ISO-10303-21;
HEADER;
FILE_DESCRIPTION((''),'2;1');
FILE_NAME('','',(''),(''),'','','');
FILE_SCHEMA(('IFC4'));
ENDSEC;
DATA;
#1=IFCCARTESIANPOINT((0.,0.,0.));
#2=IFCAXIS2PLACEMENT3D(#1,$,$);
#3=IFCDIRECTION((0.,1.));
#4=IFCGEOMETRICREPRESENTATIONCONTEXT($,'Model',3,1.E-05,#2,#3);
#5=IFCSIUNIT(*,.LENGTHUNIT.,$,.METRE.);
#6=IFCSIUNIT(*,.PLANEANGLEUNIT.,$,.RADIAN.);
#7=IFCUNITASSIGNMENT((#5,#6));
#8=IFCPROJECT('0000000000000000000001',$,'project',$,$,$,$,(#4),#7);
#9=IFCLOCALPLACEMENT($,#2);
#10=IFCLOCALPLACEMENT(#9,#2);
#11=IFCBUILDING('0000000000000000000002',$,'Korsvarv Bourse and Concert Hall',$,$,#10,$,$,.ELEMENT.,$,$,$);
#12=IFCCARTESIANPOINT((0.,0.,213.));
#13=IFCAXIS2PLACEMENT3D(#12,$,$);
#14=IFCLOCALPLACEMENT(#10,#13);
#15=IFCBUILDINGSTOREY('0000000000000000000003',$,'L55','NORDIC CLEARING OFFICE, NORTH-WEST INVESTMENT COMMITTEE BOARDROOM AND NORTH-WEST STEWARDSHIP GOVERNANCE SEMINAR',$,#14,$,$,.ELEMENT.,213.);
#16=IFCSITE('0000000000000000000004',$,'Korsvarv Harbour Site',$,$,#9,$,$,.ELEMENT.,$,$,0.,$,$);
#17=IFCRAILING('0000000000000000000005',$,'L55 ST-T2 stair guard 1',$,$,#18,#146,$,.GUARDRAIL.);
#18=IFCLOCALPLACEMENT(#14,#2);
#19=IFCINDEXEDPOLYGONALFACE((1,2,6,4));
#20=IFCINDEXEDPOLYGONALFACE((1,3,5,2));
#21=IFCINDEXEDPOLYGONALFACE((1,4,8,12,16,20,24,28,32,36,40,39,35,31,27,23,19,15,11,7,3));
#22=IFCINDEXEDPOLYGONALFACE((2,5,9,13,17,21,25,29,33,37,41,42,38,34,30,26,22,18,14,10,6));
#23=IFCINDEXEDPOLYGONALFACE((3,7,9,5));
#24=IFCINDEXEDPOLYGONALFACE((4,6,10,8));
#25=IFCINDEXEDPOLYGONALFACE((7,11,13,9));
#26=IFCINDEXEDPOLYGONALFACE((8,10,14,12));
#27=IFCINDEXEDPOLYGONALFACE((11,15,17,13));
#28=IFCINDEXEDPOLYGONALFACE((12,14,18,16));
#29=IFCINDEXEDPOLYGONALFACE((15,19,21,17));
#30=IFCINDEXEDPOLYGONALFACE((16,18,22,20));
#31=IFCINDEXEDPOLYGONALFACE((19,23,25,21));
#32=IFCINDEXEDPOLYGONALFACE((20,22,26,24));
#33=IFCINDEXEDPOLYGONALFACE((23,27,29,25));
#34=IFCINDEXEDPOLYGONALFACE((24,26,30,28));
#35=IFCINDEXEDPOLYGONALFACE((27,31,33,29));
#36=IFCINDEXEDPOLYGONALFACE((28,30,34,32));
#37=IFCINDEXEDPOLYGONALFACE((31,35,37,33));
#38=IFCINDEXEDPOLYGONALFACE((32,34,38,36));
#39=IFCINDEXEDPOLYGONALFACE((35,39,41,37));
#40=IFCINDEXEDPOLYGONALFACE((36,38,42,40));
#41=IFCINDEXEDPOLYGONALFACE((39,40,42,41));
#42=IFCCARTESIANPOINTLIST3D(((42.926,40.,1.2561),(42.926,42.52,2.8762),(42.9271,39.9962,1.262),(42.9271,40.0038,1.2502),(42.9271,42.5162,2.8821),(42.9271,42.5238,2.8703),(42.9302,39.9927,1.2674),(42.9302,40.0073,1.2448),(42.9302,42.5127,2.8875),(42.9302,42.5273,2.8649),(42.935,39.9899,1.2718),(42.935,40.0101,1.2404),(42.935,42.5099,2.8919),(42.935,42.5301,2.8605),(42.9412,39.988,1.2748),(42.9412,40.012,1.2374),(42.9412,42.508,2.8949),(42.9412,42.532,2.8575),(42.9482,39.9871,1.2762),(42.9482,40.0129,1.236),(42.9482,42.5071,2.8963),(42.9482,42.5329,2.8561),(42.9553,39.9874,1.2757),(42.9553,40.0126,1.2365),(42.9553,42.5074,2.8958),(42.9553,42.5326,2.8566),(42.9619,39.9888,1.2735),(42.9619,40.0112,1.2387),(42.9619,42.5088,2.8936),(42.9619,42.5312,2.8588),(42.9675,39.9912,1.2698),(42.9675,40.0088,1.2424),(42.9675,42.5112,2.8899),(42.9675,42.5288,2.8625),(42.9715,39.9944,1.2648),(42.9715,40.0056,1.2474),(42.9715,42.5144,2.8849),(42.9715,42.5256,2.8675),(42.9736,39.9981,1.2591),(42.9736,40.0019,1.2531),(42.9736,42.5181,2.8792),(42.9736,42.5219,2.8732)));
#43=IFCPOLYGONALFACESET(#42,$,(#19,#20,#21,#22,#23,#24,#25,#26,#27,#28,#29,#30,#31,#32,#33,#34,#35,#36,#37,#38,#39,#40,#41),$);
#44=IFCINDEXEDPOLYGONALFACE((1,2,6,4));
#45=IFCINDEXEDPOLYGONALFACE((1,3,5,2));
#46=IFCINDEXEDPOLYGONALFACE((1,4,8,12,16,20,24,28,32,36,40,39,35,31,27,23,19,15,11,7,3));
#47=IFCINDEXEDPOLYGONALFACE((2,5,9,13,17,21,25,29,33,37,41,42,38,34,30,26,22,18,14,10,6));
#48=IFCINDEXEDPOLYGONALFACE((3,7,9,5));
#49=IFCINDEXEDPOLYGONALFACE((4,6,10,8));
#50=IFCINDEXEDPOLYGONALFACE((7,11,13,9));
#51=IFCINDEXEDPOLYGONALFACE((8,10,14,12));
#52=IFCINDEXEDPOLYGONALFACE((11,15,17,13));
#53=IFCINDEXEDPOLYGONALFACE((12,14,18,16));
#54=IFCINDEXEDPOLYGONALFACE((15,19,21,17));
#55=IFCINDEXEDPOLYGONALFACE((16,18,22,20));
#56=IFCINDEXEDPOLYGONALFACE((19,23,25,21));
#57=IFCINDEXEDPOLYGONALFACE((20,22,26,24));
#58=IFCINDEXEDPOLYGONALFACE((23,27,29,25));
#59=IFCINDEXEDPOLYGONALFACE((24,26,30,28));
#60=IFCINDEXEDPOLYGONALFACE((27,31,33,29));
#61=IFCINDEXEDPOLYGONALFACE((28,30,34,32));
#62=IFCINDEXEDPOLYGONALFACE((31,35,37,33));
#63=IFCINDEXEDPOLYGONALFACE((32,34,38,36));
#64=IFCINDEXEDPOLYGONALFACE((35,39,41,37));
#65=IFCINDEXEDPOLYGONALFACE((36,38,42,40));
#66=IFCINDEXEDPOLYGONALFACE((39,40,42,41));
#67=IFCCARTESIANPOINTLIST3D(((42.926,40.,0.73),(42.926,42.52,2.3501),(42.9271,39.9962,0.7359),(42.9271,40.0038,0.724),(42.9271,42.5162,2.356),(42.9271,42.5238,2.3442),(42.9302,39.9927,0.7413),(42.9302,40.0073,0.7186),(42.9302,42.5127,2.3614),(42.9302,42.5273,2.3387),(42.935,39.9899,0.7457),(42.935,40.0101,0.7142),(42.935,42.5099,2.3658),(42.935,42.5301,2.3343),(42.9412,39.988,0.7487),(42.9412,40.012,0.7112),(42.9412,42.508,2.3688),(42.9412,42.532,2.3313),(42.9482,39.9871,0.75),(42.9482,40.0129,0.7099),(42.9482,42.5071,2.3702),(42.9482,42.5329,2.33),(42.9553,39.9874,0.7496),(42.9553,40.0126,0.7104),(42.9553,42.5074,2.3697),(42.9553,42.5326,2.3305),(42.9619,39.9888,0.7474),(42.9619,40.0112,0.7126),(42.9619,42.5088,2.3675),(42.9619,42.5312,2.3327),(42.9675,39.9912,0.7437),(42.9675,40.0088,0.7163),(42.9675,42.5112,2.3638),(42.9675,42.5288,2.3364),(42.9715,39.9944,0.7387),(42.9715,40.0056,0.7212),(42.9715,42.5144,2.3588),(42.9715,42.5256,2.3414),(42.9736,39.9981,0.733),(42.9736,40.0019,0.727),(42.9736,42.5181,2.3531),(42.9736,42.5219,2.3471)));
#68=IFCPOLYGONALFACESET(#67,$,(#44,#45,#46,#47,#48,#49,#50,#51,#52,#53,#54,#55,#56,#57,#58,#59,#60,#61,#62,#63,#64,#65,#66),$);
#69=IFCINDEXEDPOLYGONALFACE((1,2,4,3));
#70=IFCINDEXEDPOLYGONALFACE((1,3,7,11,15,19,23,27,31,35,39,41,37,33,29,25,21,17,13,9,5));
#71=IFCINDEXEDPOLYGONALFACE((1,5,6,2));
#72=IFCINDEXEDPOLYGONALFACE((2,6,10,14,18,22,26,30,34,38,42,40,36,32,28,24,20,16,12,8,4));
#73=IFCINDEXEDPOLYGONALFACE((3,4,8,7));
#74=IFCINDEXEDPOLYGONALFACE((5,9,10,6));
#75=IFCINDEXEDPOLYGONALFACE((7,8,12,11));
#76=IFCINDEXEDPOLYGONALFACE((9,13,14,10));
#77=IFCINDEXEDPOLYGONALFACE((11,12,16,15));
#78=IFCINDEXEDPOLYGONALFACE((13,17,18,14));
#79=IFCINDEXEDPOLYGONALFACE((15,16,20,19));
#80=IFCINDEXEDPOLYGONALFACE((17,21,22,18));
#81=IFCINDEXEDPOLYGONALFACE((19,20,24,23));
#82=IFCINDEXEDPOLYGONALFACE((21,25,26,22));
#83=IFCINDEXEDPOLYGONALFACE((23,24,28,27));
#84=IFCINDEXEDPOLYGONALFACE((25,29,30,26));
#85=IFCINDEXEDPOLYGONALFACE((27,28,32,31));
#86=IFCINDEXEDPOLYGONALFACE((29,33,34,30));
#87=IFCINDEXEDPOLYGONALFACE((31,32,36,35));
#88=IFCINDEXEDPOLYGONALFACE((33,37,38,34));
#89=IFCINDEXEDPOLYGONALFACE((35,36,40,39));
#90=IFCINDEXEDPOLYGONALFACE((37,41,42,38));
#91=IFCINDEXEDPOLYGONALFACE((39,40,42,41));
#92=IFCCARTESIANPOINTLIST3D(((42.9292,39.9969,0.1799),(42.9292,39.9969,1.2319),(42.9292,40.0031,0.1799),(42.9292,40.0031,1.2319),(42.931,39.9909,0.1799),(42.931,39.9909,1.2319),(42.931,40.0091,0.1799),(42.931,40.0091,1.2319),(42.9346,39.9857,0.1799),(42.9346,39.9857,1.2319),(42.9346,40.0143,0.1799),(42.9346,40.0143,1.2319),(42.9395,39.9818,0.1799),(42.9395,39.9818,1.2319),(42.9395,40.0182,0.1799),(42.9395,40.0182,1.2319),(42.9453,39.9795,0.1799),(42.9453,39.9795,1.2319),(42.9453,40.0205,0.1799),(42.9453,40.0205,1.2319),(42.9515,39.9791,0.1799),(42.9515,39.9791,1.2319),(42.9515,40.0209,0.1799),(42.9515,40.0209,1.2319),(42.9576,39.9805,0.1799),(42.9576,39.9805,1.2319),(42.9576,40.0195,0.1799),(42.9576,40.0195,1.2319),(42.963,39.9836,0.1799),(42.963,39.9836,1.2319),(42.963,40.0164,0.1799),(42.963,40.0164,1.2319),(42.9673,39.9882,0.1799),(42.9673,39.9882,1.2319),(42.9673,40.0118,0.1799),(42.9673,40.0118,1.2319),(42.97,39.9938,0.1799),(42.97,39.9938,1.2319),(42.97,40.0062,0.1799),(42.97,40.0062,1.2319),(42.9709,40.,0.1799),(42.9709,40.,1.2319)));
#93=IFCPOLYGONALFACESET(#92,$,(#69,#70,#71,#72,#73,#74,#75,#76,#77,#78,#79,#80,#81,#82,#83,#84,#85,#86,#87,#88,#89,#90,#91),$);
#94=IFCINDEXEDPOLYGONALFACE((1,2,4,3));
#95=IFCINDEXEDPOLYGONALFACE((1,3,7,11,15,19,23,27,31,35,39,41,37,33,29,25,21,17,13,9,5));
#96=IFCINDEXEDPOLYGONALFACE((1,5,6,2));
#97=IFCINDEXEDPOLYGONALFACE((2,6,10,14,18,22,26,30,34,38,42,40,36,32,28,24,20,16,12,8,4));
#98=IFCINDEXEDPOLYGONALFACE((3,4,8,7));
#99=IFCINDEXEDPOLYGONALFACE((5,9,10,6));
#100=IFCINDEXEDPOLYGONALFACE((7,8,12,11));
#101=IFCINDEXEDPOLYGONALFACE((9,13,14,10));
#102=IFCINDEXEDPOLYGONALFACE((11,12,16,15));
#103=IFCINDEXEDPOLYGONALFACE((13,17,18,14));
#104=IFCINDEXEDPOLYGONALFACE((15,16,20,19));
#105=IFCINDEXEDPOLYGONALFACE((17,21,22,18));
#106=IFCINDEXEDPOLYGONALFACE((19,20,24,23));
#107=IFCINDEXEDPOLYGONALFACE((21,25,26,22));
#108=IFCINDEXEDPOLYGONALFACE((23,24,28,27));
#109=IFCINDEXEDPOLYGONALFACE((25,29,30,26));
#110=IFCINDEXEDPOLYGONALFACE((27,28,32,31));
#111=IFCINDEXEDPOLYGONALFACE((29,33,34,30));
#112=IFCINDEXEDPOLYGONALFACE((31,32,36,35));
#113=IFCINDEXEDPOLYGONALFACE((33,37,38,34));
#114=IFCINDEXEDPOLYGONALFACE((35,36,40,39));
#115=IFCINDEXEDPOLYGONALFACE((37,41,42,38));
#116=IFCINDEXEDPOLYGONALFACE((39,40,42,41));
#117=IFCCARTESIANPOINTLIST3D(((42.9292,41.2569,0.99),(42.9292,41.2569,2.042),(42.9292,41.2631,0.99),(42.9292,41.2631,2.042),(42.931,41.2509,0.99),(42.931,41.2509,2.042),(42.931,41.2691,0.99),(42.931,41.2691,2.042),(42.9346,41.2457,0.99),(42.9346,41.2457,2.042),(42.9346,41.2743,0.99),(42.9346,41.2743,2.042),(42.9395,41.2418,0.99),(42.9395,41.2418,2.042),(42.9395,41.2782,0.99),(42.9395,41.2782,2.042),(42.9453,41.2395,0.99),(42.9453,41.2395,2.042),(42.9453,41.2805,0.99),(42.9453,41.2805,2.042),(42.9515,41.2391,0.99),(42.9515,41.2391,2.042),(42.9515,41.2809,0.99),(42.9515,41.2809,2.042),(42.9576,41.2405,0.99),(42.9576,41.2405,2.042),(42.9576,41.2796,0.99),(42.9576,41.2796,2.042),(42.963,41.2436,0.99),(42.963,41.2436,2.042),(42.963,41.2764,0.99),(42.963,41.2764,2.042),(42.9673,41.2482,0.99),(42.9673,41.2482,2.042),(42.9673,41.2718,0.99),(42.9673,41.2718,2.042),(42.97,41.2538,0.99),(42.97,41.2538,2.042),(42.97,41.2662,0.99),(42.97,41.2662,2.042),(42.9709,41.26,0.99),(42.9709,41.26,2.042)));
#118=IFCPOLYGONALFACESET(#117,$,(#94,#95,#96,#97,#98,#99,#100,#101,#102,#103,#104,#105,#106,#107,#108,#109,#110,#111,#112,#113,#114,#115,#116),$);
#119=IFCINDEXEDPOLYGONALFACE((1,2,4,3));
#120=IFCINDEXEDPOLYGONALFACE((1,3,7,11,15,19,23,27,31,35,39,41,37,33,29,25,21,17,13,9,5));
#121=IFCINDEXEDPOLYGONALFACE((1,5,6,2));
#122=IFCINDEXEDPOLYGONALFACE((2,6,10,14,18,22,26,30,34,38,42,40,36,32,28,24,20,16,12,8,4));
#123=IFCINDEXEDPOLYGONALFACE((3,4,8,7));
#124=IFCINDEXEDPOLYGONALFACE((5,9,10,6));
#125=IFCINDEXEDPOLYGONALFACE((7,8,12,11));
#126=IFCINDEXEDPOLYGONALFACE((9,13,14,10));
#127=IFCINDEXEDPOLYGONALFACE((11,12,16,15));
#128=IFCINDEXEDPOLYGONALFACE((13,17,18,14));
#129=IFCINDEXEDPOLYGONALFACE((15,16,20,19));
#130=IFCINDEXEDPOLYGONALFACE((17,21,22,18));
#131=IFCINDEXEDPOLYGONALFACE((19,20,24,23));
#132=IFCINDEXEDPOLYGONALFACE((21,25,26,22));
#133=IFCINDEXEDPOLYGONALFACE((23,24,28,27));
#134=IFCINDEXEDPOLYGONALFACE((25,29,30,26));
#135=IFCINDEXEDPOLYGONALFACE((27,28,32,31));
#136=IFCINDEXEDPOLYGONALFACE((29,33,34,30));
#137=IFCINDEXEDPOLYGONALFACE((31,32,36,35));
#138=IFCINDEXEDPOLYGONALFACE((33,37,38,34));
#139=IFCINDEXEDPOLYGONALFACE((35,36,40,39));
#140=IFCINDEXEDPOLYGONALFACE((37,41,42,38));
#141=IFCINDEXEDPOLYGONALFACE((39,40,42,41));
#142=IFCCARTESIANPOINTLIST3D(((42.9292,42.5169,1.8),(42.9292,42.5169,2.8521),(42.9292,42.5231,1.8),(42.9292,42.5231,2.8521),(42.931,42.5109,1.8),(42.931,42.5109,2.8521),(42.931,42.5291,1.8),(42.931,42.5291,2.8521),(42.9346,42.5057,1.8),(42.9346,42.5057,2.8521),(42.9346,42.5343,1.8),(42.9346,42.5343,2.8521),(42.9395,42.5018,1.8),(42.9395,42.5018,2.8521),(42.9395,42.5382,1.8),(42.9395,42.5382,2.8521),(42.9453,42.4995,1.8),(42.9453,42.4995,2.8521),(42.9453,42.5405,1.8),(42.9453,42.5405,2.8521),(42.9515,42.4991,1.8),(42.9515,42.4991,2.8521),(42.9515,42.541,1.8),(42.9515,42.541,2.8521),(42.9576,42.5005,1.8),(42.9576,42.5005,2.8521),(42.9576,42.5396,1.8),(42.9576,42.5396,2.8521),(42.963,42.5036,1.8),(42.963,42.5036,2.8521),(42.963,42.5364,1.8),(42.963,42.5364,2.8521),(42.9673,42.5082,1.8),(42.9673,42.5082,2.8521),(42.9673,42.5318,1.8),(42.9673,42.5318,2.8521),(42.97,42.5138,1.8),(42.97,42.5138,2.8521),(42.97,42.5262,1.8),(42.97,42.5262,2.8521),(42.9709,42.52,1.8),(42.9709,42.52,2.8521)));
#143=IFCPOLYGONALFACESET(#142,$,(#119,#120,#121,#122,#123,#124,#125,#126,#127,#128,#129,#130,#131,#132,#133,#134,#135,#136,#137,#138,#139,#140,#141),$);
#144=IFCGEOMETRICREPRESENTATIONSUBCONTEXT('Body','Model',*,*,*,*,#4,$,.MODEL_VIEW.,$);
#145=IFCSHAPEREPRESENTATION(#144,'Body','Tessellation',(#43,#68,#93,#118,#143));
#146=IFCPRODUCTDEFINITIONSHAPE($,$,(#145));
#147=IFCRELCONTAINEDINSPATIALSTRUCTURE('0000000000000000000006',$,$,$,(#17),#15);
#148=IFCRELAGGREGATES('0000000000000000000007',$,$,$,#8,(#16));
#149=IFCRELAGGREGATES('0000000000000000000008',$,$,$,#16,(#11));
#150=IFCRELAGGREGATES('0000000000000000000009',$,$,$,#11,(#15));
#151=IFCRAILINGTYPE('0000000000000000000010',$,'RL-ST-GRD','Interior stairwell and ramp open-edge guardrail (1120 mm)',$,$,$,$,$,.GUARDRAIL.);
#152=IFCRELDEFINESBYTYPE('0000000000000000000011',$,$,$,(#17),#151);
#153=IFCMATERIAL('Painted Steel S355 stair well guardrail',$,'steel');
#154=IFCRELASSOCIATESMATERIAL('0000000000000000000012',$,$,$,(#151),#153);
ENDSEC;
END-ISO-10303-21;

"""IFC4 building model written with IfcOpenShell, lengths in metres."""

from ifc_helpers import new_model, si_unit, direction, frame, origin, origin_2d, place, context, subcontext, project, spatial, circle, extrude, material, type_object, element, save


model = new_model("IFC4")

# Units and contexts
model_context = context("Model", 3, precision=1e-05, world=origin(), true_north=direction((0.0, 1.0)))
body_context = subcontext(model_context, "Body", "Model", "MODEL_VIEW")
ifc_project = project(units=[si_unit("LENGTHUNIT", "METRE"), si_unit("PLANEANGLEUNIT", "RADIAN")], contexts=[model_context])

# Site, building, storey
site_placement = place(None, origin())
site = spatial("IfcSite", under=ifc_project, at=site_placement, Name="Korsvarv Harbour Site", CompositionType="ELEMENT", RefElevation=0.0)
building_placement = place(site_placement, origin())
building = spatial("IfcBuilding", under=site, at=building_placement, Name="Korsvarv Bourse and Concert Hall", CompositionType="ELEMENT")
storey_placement = place(building_placement, frame((0.0, 0.0, 213.0)))
storey = spatial("IfcBuildingStorey", under=building, at=storey_placement, Name="L55", Description="NORDIC CLEARING OFFICE, NORTH-WEST INVESTMENT COMMITTEE BOARDROOM AND NORTH-WEST STEWARDSHIP GOVERNANCE SEMINAR", CompositionType="ELEMENT", Elevation=213.0)

# Railing
ifc_material_1 = material(Name="Painted Steel S355 stair well guardrail", Category="steel")
railing_type_1 = type_object("IfcRailingType", Name="RL-ST-GRD", Description="Interior stairwell and ramp open-edge guardrail (1120 mm)", PredefinedType="GUARDRAIL", material=ifc_material_1)
railing_1_placement = place(storey_placement, frame((42.95, 40.0, 0.1799)))
element("IfcRailing", 1, at=railing_1_placement, inside=storey, type_object=railing_type_1, Name="L55 ST-T2 stair guard 1", PredefinedType="GUARDRAIL", context=body_context, shape_type="SweptSolid", body=[
    extrude(circle(Radius=0.0239, at=origin_2d()), frame((0.0, 0.0, 1.0762), z_axis=(0.0, 0.841163, 0.540782), x_axis=(-1.0, 0.0, 0.0)), (0.0, 0.0, 1.0), 2.9958),
    extrude(circle(Radius=0.0239, at=origin_2d()), frame((0.0, 0.0, 0.55), z_axis=(0.0, 0.841163, 0.540782), x_axis=(-1.0, 0.0, 0.0)), (0.0, 0.0, 1.0), 2.9958),
    extrude(circle(Radius=0.021, at=origin_2d()), origin(), (0.0, 0.0, 1.0), 1.052),
    extrude(circle(Radius=0.021, at=origin_2d()), frame((0.0, 1.26, 0.8101)), (0.0, 0.0, 1.0), 1.052),
    extrude(circle(Radius=0.021, at=origin_2d()), frame((0.0, 2.52, 1.6201)), (0.0, 0.0, 1.0), 1.052),
])

save(model, "model.ifc")
